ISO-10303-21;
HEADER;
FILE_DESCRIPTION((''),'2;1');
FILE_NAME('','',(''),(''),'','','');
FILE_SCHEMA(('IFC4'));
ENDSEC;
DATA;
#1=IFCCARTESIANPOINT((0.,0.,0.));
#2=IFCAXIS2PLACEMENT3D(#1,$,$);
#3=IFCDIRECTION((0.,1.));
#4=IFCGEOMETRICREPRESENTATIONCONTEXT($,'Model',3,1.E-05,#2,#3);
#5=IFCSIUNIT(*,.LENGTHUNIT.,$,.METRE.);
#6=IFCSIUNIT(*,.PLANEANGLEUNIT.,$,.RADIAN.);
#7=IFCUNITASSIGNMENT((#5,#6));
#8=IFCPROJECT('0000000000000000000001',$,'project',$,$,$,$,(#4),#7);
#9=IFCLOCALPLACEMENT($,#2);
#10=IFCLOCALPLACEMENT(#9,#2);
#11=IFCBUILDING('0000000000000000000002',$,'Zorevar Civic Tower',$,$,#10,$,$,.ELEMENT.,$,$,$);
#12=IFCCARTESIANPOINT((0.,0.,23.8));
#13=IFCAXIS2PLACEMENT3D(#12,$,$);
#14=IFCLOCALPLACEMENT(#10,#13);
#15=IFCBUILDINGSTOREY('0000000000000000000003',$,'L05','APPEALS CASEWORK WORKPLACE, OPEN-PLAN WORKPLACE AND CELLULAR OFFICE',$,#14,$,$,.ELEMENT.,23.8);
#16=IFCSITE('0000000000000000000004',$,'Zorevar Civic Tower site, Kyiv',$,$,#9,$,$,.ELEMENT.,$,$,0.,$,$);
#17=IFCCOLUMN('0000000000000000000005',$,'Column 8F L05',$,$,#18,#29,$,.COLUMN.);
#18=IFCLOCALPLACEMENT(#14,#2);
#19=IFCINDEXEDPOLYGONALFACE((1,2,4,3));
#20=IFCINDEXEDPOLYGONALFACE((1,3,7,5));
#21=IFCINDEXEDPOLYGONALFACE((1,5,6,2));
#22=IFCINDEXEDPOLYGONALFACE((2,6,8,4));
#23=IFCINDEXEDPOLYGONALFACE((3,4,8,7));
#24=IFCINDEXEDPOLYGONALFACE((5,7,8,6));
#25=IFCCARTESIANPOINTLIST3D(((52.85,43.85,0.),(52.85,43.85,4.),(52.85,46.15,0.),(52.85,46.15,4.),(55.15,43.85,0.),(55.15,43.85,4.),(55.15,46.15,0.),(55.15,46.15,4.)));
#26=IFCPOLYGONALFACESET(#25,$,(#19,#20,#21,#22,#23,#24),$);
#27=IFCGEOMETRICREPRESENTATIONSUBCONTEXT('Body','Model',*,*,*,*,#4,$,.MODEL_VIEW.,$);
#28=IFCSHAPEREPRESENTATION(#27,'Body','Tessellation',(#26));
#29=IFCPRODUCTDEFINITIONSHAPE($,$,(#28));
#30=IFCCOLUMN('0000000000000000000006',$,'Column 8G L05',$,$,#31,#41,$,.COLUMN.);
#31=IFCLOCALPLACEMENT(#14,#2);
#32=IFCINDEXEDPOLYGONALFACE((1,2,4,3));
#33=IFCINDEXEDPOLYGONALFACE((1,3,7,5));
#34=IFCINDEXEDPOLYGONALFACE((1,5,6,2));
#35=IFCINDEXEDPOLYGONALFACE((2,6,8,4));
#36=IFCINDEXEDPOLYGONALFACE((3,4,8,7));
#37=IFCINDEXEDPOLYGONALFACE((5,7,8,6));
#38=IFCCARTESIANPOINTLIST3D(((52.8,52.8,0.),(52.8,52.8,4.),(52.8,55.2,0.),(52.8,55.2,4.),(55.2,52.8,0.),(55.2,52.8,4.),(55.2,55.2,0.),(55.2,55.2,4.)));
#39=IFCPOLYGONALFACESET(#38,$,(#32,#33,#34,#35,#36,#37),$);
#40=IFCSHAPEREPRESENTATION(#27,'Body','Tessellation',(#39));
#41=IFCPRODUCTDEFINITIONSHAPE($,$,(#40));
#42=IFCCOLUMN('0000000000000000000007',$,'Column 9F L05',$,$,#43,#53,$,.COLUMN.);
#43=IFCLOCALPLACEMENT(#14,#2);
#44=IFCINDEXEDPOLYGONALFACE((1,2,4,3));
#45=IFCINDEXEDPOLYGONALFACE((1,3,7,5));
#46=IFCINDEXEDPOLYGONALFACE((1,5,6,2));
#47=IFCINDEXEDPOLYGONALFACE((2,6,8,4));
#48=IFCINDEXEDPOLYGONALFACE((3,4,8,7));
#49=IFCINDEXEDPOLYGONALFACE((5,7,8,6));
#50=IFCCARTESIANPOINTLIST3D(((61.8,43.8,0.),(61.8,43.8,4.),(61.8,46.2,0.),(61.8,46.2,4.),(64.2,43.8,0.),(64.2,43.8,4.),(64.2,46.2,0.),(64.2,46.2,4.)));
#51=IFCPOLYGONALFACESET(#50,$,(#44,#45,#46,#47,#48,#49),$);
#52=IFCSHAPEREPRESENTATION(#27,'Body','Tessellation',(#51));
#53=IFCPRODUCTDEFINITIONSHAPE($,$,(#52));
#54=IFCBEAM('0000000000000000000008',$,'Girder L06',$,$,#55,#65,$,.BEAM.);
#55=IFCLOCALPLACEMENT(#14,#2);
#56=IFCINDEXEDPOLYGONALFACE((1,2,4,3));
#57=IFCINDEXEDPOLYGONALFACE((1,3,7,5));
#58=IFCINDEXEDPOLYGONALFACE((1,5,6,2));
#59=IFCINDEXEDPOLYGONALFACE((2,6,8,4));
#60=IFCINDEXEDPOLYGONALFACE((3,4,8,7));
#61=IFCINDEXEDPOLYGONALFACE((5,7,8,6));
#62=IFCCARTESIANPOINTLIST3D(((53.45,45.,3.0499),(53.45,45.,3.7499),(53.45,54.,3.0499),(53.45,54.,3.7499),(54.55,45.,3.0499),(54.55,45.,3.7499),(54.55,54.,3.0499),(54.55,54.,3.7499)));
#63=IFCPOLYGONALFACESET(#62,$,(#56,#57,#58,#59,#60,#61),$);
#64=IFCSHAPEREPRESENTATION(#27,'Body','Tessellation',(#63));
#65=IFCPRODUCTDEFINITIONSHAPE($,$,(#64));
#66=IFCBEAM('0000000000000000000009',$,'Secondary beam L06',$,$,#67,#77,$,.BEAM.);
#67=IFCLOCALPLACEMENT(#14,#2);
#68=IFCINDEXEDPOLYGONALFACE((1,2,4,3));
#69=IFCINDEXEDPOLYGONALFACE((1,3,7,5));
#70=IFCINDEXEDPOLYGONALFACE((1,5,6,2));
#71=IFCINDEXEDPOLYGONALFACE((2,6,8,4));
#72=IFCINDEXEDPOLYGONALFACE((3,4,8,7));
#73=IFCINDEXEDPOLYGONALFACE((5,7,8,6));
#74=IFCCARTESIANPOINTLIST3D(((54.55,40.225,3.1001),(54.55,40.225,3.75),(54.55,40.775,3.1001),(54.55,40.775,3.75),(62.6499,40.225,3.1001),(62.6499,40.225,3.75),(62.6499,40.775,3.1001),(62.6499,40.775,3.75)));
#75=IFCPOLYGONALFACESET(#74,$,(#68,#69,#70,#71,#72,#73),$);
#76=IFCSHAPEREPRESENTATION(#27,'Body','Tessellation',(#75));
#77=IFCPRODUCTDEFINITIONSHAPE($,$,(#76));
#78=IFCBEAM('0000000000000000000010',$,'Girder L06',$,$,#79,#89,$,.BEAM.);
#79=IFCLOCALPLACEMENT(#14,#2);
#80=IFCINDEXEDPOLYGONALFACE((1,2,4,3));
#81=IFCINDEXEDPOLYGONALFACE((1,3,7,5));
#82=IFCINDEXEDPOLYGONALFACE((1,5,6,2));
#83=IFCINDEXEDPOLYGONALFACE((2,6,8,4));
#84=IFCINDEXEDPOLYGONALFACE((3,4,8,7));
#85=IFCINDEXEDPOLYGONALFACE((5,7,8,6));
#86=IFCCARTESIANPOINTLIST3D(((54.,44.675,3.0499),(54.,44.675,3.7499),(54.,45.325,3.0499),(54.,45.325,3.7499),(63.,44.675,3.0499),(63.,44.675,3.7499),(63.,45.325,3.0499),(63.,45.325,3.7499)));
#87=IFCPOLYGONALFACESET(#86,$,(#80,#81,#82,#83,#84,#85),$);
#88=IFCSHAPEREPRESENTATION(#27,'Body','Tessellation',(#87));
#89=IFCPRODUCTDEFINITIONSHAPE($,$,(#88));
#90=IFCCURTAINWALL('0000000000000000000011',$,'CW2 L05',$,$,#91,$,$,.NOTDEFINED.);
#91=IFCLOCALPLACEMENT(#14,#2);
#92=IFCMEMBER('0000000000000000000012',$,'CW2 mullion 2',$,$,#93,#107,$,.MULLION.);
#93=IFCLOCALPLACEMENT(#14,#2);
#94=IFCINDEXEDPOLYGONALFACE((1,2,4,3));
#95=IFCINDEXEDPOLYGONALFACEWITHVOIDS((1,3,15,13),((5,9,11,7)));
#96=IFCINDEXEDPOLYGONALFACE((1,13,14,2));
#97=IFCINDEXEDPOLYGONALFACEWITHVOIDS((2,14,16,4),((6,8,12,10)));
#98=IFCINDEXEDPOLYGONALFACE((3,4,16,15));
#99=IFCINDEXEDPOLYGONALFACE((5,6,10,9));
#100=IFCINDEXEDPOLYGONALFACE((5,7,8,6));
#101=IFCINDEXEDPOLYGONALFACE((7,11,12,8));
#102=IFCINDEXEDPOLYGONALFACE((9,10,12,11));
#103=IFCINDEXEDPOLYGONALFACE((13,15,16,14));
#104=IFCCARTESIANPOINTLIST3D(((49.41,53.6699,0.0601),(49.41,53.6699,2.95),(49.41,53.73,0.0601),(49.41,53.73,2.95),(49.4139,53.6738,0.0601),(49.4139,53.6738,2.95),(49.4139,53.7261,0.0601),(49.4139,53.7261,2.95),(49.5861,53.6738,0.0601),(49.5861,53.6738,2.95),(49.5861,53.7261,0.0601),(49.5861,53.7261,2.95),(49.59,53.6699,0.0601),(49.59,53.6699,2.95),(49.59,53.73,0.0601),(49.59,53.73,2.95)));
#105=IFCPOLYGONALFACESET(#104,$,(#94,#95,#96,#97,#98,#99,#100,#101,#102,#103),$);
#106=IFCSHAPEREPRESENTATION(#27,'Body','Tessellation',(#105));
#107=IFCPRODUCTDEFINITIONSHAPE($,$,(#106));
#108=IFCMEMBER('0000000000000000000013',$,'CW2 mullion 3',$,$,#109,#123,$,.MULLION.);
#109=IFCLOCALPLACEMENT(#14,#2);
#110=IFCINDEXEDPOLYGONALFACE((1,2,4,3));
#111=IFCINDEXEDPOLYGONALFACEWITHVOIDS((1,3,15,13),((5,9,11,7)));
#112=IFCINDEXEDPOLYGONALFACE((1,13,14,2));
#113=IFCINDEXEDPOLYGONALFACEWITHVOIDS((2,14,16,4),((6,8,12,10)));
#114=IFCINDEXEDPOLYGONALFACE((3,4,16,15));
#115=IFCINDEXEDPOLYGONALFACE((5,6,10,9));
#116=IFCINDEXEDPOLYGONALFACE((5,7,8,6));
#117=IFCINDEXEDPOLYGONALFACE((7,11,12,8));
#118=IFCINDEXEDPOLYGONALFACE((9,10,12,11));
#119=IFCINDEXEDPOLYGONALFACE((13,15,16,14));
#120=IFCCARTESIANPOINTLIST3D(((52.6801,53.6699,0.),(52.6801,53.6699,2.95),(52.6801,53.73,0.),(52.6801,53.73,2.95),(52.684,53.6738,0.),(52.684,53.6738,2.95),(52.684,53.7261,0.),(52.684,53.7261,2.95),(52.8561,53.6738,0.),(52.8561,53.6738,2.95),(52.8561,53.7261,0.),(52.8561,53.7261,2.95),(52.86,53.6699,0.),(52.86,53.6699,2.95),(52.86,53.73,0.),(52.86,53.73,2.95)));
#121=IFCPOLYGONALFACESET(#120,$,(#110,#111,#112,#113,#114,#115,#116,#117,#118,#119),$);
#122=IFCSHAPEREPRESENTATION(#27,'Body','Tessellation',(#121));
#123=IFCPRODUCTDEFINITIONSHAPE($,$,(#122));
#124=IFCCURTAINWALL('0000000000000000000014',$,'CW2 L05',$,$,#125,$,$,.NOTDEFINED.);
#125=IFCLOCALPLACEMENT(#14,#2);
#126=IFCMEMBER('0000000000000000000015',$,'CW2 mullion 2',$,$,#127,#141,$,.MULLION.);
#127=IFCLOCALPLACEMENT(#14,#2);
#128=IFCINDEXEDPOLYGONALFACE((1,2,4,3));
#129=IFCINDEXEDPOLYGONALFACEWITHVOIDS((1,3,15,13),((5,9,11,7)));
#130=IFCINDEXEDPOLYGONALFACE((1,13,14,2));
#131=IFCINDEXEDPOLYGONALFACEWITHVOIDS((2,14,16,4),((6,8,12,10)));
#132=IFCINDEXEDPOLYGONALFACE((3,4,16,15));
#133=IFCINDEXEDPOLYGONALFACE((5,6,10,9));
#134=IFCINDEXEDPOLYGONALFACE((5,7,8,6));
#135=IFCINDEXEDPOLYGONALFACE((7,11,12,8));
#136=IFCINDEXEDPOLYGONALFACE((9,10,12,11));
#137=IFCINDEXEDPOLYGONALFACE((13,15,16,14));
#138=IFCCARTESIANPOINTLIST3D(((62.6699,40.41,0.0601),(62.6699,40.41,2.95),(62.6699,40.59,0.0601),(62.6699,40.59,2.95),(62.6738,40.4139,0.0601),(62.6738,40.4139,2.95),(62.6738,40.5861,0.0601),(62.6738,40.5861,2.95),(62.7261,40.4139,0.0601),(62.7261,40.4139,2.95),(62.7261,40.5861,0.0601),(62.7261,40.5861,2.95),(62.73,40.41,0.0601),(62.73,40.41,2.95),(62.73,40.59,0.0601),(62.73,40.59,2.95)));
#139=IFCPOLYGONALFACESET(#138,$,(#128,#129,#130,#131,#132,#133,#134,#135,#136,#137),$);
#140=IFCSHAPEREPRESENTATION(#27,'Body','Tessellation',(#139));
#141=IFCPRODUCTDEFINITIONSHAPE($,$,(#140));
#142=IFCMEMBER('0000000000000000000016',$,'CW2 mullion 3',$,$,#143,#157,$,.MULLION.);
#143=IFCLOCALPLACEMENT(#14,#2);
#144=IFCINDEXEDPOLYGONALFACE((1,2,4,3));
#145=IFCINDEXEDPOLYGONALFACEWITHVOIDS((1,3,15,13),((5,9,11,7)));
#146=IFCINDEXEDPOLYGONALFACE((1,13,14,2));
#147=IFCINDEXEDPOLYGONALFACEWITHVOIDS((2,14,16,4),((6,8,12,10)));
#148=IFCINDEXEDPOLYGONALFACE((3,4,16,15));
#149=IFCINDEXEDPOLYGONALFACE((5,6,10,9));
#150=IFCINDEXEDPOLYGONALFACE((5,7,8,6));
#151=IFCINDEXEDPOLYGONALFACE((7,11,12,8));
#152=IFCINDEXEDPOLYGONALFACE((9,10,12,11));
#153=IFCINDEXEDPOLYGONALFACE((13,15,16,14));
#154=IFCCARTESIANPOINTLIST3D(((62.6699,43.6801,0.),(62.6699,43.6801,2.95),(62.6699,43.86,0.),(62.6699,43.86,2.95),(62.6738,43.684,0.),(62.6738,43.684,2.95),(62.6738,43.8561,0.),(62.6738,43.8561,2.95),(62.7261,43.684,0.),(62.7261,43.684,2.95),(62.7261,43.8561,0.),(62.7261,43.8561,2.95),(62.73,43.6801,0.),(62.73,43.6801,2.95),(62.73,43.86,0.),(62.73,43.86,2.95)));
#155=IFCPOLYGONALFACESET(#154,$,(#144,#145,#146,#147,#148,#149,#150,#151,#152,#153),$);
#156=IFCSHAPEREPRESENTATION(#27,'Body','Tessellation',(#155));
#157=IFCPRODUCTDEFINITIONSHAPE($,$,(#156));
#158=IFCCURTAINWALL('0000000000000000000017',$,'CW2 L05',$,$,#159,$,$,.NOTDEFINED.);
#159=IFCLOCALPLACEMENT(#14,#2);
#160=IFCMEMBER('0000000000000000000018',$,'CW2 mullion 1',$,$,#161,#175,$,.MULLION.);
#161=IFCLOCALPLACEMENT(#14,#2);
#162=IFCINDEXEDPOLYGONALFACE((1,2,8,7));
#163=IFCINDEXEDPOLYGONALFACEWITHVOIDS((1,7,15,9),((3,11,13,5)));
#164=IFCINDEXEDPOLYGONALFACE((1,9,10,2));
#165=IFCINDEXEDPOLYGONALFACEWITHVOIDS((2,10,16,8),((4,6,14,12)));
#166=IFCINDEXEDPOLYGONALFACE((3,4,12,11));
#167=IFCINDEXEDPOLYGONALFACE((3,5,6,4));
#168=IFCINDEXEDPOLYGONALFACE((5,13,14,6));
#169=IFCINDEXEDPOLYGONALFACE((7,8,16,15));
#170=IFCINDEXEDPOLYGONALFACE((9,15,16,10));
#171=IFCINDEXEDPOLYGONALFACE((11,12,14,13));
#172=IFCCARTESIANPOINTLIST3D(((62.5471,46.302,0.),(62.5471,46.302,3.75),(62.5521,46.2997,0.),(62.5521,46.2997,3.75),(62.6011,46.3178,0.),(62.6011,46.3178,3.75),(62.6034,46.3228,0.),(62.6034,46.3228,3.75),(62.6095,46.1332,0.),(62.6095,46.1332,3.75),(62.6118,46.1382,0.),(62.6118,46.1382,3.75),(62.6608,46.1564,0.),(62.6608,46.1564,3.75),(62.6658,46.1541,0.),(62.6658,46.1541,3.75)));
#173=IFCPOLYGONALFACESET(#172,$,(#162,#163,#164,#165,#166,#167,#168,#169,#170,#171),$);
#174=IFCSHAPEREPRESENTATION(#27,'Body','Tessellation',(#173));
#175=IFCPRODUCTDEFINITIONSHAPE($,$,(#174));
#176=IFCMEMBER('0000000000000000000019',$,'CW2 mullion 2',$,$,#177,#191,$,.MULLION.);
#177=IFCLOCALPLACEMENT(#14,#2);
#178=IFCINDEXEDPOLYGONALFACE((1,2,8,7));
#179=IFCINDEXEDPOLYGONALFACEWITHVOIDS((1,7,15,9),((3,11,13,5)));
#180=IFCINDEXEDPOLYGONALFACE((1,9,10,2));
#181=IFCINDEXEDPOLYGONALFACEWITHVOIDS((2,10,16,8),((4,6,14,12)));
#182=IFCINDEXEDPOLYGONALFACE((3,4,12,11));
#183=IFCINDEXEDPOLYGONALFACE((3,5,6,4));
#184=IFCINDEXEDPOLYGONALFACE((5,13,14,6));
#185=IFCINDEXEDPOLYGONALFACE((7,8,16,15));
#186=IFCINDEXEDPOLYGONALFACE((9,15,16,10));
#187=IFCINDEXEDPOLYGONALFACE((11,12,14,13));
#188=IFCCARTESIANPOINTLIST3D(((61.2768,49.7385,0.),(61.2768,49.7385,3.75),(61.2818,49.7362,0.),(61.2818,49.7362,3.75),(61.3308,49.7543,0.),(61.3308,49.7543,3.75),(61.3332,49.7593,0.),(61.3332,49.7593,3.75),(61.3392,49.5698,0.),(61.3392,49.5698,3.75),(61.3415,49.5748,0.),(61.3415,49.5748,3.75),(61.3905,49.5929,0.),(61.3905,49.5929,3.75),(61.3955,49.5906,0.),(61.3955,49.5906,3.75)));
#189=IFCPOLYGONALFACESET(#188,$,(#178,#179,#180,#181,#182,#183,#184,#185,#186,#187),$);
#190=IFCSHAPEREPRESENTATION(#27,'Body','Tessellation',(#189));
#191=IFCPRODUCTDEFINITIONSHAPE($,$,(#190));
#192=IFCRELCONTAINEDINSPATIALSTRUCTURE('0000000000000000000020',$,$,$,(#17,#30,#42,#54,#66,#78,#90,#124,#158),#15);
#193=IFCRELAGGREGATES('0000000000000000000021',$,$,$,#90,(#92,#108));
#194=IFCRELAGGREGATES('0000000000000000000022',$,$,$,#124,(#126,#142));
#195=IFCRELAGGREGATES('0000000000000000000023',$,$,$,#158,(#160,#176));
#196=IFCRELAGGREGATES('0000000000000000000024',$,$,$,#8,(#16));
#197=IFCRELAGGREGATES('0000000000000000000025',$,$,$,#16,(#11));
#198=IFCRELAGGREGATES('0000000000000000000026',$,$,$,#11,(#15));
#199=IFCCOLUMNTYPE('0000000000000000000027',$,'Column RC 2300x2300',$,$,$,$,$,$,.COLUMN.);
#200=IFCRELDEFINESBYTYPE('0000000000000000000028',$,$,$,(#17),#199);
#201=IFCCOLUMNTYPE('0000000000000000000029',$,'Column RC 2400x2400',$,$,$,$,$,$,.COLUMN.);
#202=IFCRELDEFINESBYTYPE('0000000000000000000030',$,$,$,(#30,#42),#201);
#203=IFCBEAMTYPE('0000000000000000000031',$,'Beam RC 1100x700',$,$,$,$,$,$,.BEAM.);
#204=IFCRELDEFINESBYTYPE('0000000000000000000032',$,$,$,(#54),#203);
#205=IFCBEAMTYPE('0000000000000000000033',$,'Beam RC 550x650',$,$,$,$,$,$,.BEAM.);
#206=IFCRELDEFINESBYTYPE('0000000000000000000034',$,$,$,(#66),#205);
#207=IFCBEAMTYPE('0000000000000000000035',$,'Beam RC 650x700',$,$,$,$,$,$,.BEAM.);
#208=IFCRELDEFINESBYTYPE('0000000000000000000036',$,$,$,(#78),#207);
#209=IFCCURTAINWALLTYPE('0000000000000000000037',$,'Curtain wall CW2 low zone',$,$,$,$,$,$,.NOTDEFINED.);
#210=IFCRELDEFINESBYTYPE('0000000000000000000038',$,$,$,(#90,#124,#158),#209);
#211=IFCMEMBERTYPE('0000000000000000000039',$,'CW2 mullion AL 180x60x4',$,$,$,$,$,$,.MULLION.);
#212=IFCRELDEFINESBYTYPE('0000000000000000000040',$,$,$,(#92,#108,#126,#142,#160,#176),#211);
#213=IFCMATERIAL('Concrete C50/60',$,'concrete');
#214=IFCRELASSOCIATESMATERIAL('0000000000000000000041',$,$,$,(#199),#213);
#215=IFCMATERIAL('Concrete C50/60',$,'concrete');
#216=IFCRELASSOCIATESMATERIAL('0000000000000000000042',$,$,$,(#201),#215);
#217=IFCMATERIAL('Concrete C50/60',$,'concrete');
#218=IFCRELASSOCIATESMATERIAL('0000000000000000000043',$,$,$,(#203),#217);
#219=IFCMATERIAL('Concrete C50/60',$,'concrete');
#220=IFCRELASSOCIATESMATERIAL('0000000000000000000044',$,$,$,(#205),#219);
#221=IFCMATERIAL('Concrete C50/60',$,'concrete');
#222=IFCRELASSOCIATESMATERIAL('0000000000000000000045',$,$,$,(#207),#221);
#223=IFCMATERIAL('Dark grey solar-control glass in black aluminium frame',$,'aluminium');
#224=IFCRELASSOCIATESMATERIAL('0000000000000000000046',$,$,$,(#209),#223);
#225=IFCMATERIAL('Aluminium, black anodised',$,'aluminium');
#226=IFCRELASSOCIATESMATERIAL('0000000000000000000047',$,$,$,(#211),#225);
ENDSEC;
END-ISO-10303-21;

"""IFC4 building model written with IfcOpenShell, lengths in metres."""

from ifc_helpers import new_model, si_unit, direction, frame, origin, origin_2d, place, context, subcontext, project, spatial, rectangle, hollow_rectangle, extrude, material, material_profile, profile_set, type_object, element, aggregate, save


model = new_model("IFC4")

# Units and contexts
model_context = context("Model", 3, precision=1e-05, world=origin(), true_north=direction((0.0, 1.0)))
body_context = subcontext(model_context, "Body", "Model", "MODEL_VIEW")
ifc_project = project(units=[si_unit("LENGTHUNIT", "METRE"), si_unit("PLANEANGLEUNIT", "RADIAN")], contexts=[model_context])

# Site, building, storey
site_placement = place(None, origin())
site = spatial("IfcSite", under=ifc_project, at=site_placement, Name="Zorevar Civic Tower site, Kyiv", CompositionType="ELEMENT", RefElevation=0.0)
building_placement = place(site_placement, origin())
building = spatial("IfcBuilding", under=site, at=building_placement, Name="Zorevar Civic Tower", CompositionType="ELEMENT")
storey_placement = place(building_placement, frame((0.0, 0.0, 23.8)))
storey = spatial("IfcBuildingStorey", under=building, at=storey_placement, Name="L05", Description="APPEALS CASEWORK WORKPLACE, OPEN-PLAN WORKPLACE AND CELLULAR OFFICE", CompositionType="ELEMENT", Elevation=23.8)

# Columns
ifc_material_1 = material(Name="Concrete C50/60", Category="concrete")
ifc_material_profile_1 = material_profile(ifc_material_1, rectangle(XDim=2.3, YDim=2.3, at=origin_2d()), Name="RC 2300x2300")
ifc_profile_set_1 = profile_set([ifc_material_profile_1], Name="Concrete C50/60")
column_type_1 = type_object("IfcColumnType", Name="Column RC 2300x2300", PredefinedType="COLUMN", material=ifc_profile_set_1)
column_placement = place(storey_placement, frame((54.0, 45.0, 0.0), z_axis=(0.0, 0.0, 1.0), x_axis=(1.0, 0.0, 0.0)))
element("IfcColumn", 1, at=column_placement, inside=storey, type_object=column_type_1, Name="Column 8F L05", PredefinedType="COLUMN", context=body_context, shape_type="SweptSolid", body=[
    extrude(rectangle(XDim=2.3, YDim=2.3, at=origin_2d()), origin(), (0.0, 0.0, 1.0), 4.0),
])
ifc_material_2 = material(Name="Concrete C50/60", Category="concrete")
ifc_material_profile_2 = material_profile(ifc_material_2, rectangle(XDim=2.3999, YDim=2.3999, at=origin_2d()), Name="RC 2400x2400")
ifc_profile_set_2 = profile_set([ifc_material_profile_2], Name="Concrete C50/60")
column_type_2 = type_object("IfcColumnType", Name="Column RC 2400x2400", PredefinedType="COLUMN", material=ifc_profile_set_2)
for number, where, z_axis, x_axis, name in (
    (2, (54.0, 54.0, 0.0), (0.0, 0.0, 1.0), (1.0, 0.0, 0.0), "Column 8G L05"),
    (3, (63.0, 45.0, 0.0), (0.0, 0.0, 1.0), (1.0, 0.0, 0.0), "Column 9F L05"),
):
    element("IfcColumn", number, at=place(storey_placement, frame(where, z_axis=z_axis, x_axis=x_axis)), inside=storey, type_object=column_type_2, Name=name, PredefinedType="COLUMN", context=body_context, shape_type="SweptSolid", body=[
        extrude(rectangle(XDim=2.3999, YDim=2.3999, at=origin_2d()), origin(), (0.0, 0.0, 1.0), 4.0),
    ])

# Beams
ifc_material_3 = material(Name="Concrete C50/60", Category="concrete")
ifc_material_profile_3 = material_profile(ifc_material_3, rectangle(XDim=1.1001, YDim=0.7, at=origin_2d()), Name="RC 1100x700")
ifc_profile_set_3 = profile_set([ifc_material_profile_3], Name="Concrete C50/60")
beam_type_1 = type_object("IfcBeamType", Name="Beam RC 1100x700", PredefinedType="BEAM", material=ifc_profile_set_3)
beam_1_placement = place(storey_placement, frame((54.0, 45.0, 3.3999), z_axis=(0.0, 1.0, 0.0), x_axis=(-1.0, 0.0, 0.0)))
element("IfcBeam", 4, at=beam_1_placement, inside=storey, type_object=beam_type_1, Name="Girder L06", PredefinedType="BEAM", context=body_context, shape_type="SweptSolid", body=[
    extrude(rectangle(XDim=1.1001, YDim=0.7, at=origin_2d()), origin(), (0.0, 0.0, 1.0), 9.0),
])
ifc_material_4 = material(Name="Concrete C50/60", Category="concrete")
ifc_material_profile_4 = material_profile(ifc_material_4, rectangle(XDim=0.55, YDim=0.6499, at=origin_2d()), Name="RC 550x650")
ifc_profile_set_4 = profile_set([ifc_material_profile_4], Name="Concrete C50/60")
beam_type_2 = type_object("IfcBeamType", Name="Beam RC 550x650", PredefinedType="BEAM", material=ifc_profile_set_4)
beam_2_placement = place(storey_placement, frame((54.55, 40.5, 3.425), z_axis=(1.0, 0.0, 0.0), x_axis=(0.0, 1.0, 0.0)))
element("IfcBeam", 5, at=beam_2_placement, inside=storey, type_object=beam_type_2, Name="Secondary beam L06", PredefinedType="BEAM", context=body_context, shape_type="SweptSolid", body=[
    extrude(rectangle(XDim=0.55, YDim=0.6499, at=origin_2d()), origin(), (0.0, 0.0, 1.0), 8.0999),
])
ifc_material_5 = material(Name="Concrete C50/60", Category="concrete")
ifc_material_profile_5 = material_profile(ifc_material_5, rectangle(XDim=0.6499, YDim=0.7, at=origin_2d()), Name="RC 650x700")
ifc_profile_set_5 = profile_set([ifc_material_profile_5], Name="Concrete C50/60")
beam_type_3 = type_object("IfcBeamType", Name="Beam RC 650x700", PredefinedType="BEAM", material=ifc_profile_set_5)
beam_3_placement = place(storey_placement, frame((54.0, 45.0, 3.3999), z_axis=(1.0, 0.0, 0.0), x_axis=(0.0, 1.0, 0.0)))
element("IfcBeam", 6, at=beam_3_placement, inside=storey, type_object=beam_type_3, Name="Girder L06", PredefinedType="BEAM", context=body_context, shape_type="SweptSolid", body=[
    extrude(rectangle(XDim=0.6499, YDim=0.7, at=origin_2d()), origin(), (0.0, 0.0, 1.0), 9.0),
])

# Curtain walls, members
ifc_material_6 = material(Name="Dark grey solar-control glass in black aluminium frame", Category="aluminium")
curtain_wall_type = type_object("IfcCurtainWallType", Name="Curtain wall CW2 low zone", PredefinedType="NOTDEFINED", material=ifc_material_6)
curtain_wall_1_placement = place(storey_placement, origin())
curtain_wall_1 = element("IfcCurtainWall", 7, at=curtain_wall_1_placement, inside=storey, type_object=curtain_wall_type, Name="CW2 L05", PredefinedType="NOTDEFINED")
ifc_material_7 = material(Name="Aluminium, black anodised", Category="aluminium")
ifc_material_profile_6 = material_profile(ifc_material_7, hollow_rectangle(XDim=0.0601, YDim=0.1799, WallThickness=0.0039, at=origin_2d()), Name="AL 180x60x4")
ifc_profile_set_6 = profile_set([ifc_material_profile_6], Name="Aluminium, black anodised")
member_type_1 = type_object("IfcMemberType", Name="CW2 mullion AL 180x60x4", PredefinedType="MULLION", material=ifc_profile_set_6)
member_1_placement = place(storey_placement, frame((49.5, 53.7, 0.0601), z_axis=(0.0, 0.0, 1.0), x_axis=(0.0, 1.0, 0.0)))
member_1 = element("IfcMember", 8, at=member_1_placement, type_object=member_type_1, Name="CW2 mullion 2", PredefinedType="MULLION", context=body_context, shape_type="SweptSolid", body=[
    extrude(hollow_rectangle(XDim=0.0601, YDim=0.1799, WallThickness=0.0039, at=origin_2d()), origin(), (0.0, 0.0, 1.0), 2.8899),
])
member_2_placement = place(storey_placement, frame((52.77, 53.7, 0.0), z_axis=(0.0, 0.0, 1.0), x_axis=(0.0, 1.0, 0.0)))
member_2 = element("IfcMember", 9, at=member_2_placement, type_object=member_type_1, Name="CW2 mullion 3", PredefinedType="MULLION", context=body_context, shape_type="SweptSolid", body=[
    extrude(hollow_rectangle(XDim=0.0601, YDim=0.1799, WallThickness=0.0039, at=origin_2d()), origin(), (0.0, 0.0, 1.0), 2.95),
])
curtain_wall_2_placement = place(storey_placement, origin())
curtain_wall_2 = element("IfcCurtainWall", 10, at=curtain_wall_2_placement, inside=storey, type_object=curtain_wall_type, Name="CW2 L05", PredefinedType="NOTDEFINED")
member_3_placement = place(storey_placement, frame((62.7, 40.5, 0.0601), z_axis=(0.0, 0.0, 1.0), x_axis=(-1.0, 0.0, 0.0)))
member_3 = element("IfcMember", 11, at=member_3_placement, type_object=member_type_1, Name="CW2 mullion 2", PredefinedType="MULLION", context=body_context, shape_type="SweptSolid", body=[
    extrude(hollow_rectangle(XDim=0.0601, YDim=0.1799, WallThickness=0.0039, at=origin_2d()), origin(), (0.0, 0.0, 1.0), 2.8899),
])
member_4_placement = place(storey_placement, frame((62.7, 43.77, 0.0), z_axis=(0.0, 0.0, 1.0), x_axis=(-1.0, 0.0, 0.0)))
member_4 = element("IfcMember", 12, at=member_4_placement, type_object=member_type_1, Name="CW2 mullion 3", PredefinedType="MULLION", context=body_context, shape_type="SweptSolid", body=[
    extrude(hollow_rectangle(XDim=0.0601, YDim=0.1799, WallThickness=0.0039, at=origin_2d()), origin(), (0.0, 0.0, 1.0), 2.95),
])
curtain_wall_3_placement = place(storey_placement, origin())
curtain_wall_3 = element("IfcCurtainWall", 13, at=curtain_wall_3_placement, inside=storey, type_object=curtain_wall_type, Name="CW2 L05", PredefinedType="NOTDEFINED")
member_5_placement = place(storey_placement, frame((62.6064, 46.228, 0.0), z_axis=(0.0, 0.0, 1.0), x_axis=(-0.937975, -0.346704, 0.0)))
member_5 = element("IfcMember", 14, at=member_5_placement, type_object=member_type_1, Name="CW2 mullion 1", PredefinedType="MULLION", context=body_context, shape_type="SweptSolid", body=[
    extrude(hollow_rectangle(XDim=0.0601, YDim=0.1799, WallThickness=0.0039, at=origin_2d()), origin(), (0.0, 0.0, 1.0), 3.75),
])
member_6_placement = place(storey_placement, frame((61.3362, 49.6646, 0.0), z_axis=(0.0, 0.0, 1.0), x_axis=(-0.937975, -0.346704, 0.0)))
member_6 = element("IfcMember", 15, at=member_6_placement, type_object=member_type_1, Name="CW2 mullion 2", PredefinedType="MULLION", context=body_context, shape_type="SweptSolid", body=[
    extrude(hollow_rectangle(XDim=0.0601, YDim=0.1799, WallThickness=0.0039, at=origin_2d()), origin(), (0.0, 0.0, 1.0), 3.75),
])

aggregate(curtain_wall_1, [member_1, member_2])
aggregate(curtain_wall_2, [member_3, member_4])
aggregate(curtain_wall_3, [member_5, member_6])

save(model, "model.ifc")
